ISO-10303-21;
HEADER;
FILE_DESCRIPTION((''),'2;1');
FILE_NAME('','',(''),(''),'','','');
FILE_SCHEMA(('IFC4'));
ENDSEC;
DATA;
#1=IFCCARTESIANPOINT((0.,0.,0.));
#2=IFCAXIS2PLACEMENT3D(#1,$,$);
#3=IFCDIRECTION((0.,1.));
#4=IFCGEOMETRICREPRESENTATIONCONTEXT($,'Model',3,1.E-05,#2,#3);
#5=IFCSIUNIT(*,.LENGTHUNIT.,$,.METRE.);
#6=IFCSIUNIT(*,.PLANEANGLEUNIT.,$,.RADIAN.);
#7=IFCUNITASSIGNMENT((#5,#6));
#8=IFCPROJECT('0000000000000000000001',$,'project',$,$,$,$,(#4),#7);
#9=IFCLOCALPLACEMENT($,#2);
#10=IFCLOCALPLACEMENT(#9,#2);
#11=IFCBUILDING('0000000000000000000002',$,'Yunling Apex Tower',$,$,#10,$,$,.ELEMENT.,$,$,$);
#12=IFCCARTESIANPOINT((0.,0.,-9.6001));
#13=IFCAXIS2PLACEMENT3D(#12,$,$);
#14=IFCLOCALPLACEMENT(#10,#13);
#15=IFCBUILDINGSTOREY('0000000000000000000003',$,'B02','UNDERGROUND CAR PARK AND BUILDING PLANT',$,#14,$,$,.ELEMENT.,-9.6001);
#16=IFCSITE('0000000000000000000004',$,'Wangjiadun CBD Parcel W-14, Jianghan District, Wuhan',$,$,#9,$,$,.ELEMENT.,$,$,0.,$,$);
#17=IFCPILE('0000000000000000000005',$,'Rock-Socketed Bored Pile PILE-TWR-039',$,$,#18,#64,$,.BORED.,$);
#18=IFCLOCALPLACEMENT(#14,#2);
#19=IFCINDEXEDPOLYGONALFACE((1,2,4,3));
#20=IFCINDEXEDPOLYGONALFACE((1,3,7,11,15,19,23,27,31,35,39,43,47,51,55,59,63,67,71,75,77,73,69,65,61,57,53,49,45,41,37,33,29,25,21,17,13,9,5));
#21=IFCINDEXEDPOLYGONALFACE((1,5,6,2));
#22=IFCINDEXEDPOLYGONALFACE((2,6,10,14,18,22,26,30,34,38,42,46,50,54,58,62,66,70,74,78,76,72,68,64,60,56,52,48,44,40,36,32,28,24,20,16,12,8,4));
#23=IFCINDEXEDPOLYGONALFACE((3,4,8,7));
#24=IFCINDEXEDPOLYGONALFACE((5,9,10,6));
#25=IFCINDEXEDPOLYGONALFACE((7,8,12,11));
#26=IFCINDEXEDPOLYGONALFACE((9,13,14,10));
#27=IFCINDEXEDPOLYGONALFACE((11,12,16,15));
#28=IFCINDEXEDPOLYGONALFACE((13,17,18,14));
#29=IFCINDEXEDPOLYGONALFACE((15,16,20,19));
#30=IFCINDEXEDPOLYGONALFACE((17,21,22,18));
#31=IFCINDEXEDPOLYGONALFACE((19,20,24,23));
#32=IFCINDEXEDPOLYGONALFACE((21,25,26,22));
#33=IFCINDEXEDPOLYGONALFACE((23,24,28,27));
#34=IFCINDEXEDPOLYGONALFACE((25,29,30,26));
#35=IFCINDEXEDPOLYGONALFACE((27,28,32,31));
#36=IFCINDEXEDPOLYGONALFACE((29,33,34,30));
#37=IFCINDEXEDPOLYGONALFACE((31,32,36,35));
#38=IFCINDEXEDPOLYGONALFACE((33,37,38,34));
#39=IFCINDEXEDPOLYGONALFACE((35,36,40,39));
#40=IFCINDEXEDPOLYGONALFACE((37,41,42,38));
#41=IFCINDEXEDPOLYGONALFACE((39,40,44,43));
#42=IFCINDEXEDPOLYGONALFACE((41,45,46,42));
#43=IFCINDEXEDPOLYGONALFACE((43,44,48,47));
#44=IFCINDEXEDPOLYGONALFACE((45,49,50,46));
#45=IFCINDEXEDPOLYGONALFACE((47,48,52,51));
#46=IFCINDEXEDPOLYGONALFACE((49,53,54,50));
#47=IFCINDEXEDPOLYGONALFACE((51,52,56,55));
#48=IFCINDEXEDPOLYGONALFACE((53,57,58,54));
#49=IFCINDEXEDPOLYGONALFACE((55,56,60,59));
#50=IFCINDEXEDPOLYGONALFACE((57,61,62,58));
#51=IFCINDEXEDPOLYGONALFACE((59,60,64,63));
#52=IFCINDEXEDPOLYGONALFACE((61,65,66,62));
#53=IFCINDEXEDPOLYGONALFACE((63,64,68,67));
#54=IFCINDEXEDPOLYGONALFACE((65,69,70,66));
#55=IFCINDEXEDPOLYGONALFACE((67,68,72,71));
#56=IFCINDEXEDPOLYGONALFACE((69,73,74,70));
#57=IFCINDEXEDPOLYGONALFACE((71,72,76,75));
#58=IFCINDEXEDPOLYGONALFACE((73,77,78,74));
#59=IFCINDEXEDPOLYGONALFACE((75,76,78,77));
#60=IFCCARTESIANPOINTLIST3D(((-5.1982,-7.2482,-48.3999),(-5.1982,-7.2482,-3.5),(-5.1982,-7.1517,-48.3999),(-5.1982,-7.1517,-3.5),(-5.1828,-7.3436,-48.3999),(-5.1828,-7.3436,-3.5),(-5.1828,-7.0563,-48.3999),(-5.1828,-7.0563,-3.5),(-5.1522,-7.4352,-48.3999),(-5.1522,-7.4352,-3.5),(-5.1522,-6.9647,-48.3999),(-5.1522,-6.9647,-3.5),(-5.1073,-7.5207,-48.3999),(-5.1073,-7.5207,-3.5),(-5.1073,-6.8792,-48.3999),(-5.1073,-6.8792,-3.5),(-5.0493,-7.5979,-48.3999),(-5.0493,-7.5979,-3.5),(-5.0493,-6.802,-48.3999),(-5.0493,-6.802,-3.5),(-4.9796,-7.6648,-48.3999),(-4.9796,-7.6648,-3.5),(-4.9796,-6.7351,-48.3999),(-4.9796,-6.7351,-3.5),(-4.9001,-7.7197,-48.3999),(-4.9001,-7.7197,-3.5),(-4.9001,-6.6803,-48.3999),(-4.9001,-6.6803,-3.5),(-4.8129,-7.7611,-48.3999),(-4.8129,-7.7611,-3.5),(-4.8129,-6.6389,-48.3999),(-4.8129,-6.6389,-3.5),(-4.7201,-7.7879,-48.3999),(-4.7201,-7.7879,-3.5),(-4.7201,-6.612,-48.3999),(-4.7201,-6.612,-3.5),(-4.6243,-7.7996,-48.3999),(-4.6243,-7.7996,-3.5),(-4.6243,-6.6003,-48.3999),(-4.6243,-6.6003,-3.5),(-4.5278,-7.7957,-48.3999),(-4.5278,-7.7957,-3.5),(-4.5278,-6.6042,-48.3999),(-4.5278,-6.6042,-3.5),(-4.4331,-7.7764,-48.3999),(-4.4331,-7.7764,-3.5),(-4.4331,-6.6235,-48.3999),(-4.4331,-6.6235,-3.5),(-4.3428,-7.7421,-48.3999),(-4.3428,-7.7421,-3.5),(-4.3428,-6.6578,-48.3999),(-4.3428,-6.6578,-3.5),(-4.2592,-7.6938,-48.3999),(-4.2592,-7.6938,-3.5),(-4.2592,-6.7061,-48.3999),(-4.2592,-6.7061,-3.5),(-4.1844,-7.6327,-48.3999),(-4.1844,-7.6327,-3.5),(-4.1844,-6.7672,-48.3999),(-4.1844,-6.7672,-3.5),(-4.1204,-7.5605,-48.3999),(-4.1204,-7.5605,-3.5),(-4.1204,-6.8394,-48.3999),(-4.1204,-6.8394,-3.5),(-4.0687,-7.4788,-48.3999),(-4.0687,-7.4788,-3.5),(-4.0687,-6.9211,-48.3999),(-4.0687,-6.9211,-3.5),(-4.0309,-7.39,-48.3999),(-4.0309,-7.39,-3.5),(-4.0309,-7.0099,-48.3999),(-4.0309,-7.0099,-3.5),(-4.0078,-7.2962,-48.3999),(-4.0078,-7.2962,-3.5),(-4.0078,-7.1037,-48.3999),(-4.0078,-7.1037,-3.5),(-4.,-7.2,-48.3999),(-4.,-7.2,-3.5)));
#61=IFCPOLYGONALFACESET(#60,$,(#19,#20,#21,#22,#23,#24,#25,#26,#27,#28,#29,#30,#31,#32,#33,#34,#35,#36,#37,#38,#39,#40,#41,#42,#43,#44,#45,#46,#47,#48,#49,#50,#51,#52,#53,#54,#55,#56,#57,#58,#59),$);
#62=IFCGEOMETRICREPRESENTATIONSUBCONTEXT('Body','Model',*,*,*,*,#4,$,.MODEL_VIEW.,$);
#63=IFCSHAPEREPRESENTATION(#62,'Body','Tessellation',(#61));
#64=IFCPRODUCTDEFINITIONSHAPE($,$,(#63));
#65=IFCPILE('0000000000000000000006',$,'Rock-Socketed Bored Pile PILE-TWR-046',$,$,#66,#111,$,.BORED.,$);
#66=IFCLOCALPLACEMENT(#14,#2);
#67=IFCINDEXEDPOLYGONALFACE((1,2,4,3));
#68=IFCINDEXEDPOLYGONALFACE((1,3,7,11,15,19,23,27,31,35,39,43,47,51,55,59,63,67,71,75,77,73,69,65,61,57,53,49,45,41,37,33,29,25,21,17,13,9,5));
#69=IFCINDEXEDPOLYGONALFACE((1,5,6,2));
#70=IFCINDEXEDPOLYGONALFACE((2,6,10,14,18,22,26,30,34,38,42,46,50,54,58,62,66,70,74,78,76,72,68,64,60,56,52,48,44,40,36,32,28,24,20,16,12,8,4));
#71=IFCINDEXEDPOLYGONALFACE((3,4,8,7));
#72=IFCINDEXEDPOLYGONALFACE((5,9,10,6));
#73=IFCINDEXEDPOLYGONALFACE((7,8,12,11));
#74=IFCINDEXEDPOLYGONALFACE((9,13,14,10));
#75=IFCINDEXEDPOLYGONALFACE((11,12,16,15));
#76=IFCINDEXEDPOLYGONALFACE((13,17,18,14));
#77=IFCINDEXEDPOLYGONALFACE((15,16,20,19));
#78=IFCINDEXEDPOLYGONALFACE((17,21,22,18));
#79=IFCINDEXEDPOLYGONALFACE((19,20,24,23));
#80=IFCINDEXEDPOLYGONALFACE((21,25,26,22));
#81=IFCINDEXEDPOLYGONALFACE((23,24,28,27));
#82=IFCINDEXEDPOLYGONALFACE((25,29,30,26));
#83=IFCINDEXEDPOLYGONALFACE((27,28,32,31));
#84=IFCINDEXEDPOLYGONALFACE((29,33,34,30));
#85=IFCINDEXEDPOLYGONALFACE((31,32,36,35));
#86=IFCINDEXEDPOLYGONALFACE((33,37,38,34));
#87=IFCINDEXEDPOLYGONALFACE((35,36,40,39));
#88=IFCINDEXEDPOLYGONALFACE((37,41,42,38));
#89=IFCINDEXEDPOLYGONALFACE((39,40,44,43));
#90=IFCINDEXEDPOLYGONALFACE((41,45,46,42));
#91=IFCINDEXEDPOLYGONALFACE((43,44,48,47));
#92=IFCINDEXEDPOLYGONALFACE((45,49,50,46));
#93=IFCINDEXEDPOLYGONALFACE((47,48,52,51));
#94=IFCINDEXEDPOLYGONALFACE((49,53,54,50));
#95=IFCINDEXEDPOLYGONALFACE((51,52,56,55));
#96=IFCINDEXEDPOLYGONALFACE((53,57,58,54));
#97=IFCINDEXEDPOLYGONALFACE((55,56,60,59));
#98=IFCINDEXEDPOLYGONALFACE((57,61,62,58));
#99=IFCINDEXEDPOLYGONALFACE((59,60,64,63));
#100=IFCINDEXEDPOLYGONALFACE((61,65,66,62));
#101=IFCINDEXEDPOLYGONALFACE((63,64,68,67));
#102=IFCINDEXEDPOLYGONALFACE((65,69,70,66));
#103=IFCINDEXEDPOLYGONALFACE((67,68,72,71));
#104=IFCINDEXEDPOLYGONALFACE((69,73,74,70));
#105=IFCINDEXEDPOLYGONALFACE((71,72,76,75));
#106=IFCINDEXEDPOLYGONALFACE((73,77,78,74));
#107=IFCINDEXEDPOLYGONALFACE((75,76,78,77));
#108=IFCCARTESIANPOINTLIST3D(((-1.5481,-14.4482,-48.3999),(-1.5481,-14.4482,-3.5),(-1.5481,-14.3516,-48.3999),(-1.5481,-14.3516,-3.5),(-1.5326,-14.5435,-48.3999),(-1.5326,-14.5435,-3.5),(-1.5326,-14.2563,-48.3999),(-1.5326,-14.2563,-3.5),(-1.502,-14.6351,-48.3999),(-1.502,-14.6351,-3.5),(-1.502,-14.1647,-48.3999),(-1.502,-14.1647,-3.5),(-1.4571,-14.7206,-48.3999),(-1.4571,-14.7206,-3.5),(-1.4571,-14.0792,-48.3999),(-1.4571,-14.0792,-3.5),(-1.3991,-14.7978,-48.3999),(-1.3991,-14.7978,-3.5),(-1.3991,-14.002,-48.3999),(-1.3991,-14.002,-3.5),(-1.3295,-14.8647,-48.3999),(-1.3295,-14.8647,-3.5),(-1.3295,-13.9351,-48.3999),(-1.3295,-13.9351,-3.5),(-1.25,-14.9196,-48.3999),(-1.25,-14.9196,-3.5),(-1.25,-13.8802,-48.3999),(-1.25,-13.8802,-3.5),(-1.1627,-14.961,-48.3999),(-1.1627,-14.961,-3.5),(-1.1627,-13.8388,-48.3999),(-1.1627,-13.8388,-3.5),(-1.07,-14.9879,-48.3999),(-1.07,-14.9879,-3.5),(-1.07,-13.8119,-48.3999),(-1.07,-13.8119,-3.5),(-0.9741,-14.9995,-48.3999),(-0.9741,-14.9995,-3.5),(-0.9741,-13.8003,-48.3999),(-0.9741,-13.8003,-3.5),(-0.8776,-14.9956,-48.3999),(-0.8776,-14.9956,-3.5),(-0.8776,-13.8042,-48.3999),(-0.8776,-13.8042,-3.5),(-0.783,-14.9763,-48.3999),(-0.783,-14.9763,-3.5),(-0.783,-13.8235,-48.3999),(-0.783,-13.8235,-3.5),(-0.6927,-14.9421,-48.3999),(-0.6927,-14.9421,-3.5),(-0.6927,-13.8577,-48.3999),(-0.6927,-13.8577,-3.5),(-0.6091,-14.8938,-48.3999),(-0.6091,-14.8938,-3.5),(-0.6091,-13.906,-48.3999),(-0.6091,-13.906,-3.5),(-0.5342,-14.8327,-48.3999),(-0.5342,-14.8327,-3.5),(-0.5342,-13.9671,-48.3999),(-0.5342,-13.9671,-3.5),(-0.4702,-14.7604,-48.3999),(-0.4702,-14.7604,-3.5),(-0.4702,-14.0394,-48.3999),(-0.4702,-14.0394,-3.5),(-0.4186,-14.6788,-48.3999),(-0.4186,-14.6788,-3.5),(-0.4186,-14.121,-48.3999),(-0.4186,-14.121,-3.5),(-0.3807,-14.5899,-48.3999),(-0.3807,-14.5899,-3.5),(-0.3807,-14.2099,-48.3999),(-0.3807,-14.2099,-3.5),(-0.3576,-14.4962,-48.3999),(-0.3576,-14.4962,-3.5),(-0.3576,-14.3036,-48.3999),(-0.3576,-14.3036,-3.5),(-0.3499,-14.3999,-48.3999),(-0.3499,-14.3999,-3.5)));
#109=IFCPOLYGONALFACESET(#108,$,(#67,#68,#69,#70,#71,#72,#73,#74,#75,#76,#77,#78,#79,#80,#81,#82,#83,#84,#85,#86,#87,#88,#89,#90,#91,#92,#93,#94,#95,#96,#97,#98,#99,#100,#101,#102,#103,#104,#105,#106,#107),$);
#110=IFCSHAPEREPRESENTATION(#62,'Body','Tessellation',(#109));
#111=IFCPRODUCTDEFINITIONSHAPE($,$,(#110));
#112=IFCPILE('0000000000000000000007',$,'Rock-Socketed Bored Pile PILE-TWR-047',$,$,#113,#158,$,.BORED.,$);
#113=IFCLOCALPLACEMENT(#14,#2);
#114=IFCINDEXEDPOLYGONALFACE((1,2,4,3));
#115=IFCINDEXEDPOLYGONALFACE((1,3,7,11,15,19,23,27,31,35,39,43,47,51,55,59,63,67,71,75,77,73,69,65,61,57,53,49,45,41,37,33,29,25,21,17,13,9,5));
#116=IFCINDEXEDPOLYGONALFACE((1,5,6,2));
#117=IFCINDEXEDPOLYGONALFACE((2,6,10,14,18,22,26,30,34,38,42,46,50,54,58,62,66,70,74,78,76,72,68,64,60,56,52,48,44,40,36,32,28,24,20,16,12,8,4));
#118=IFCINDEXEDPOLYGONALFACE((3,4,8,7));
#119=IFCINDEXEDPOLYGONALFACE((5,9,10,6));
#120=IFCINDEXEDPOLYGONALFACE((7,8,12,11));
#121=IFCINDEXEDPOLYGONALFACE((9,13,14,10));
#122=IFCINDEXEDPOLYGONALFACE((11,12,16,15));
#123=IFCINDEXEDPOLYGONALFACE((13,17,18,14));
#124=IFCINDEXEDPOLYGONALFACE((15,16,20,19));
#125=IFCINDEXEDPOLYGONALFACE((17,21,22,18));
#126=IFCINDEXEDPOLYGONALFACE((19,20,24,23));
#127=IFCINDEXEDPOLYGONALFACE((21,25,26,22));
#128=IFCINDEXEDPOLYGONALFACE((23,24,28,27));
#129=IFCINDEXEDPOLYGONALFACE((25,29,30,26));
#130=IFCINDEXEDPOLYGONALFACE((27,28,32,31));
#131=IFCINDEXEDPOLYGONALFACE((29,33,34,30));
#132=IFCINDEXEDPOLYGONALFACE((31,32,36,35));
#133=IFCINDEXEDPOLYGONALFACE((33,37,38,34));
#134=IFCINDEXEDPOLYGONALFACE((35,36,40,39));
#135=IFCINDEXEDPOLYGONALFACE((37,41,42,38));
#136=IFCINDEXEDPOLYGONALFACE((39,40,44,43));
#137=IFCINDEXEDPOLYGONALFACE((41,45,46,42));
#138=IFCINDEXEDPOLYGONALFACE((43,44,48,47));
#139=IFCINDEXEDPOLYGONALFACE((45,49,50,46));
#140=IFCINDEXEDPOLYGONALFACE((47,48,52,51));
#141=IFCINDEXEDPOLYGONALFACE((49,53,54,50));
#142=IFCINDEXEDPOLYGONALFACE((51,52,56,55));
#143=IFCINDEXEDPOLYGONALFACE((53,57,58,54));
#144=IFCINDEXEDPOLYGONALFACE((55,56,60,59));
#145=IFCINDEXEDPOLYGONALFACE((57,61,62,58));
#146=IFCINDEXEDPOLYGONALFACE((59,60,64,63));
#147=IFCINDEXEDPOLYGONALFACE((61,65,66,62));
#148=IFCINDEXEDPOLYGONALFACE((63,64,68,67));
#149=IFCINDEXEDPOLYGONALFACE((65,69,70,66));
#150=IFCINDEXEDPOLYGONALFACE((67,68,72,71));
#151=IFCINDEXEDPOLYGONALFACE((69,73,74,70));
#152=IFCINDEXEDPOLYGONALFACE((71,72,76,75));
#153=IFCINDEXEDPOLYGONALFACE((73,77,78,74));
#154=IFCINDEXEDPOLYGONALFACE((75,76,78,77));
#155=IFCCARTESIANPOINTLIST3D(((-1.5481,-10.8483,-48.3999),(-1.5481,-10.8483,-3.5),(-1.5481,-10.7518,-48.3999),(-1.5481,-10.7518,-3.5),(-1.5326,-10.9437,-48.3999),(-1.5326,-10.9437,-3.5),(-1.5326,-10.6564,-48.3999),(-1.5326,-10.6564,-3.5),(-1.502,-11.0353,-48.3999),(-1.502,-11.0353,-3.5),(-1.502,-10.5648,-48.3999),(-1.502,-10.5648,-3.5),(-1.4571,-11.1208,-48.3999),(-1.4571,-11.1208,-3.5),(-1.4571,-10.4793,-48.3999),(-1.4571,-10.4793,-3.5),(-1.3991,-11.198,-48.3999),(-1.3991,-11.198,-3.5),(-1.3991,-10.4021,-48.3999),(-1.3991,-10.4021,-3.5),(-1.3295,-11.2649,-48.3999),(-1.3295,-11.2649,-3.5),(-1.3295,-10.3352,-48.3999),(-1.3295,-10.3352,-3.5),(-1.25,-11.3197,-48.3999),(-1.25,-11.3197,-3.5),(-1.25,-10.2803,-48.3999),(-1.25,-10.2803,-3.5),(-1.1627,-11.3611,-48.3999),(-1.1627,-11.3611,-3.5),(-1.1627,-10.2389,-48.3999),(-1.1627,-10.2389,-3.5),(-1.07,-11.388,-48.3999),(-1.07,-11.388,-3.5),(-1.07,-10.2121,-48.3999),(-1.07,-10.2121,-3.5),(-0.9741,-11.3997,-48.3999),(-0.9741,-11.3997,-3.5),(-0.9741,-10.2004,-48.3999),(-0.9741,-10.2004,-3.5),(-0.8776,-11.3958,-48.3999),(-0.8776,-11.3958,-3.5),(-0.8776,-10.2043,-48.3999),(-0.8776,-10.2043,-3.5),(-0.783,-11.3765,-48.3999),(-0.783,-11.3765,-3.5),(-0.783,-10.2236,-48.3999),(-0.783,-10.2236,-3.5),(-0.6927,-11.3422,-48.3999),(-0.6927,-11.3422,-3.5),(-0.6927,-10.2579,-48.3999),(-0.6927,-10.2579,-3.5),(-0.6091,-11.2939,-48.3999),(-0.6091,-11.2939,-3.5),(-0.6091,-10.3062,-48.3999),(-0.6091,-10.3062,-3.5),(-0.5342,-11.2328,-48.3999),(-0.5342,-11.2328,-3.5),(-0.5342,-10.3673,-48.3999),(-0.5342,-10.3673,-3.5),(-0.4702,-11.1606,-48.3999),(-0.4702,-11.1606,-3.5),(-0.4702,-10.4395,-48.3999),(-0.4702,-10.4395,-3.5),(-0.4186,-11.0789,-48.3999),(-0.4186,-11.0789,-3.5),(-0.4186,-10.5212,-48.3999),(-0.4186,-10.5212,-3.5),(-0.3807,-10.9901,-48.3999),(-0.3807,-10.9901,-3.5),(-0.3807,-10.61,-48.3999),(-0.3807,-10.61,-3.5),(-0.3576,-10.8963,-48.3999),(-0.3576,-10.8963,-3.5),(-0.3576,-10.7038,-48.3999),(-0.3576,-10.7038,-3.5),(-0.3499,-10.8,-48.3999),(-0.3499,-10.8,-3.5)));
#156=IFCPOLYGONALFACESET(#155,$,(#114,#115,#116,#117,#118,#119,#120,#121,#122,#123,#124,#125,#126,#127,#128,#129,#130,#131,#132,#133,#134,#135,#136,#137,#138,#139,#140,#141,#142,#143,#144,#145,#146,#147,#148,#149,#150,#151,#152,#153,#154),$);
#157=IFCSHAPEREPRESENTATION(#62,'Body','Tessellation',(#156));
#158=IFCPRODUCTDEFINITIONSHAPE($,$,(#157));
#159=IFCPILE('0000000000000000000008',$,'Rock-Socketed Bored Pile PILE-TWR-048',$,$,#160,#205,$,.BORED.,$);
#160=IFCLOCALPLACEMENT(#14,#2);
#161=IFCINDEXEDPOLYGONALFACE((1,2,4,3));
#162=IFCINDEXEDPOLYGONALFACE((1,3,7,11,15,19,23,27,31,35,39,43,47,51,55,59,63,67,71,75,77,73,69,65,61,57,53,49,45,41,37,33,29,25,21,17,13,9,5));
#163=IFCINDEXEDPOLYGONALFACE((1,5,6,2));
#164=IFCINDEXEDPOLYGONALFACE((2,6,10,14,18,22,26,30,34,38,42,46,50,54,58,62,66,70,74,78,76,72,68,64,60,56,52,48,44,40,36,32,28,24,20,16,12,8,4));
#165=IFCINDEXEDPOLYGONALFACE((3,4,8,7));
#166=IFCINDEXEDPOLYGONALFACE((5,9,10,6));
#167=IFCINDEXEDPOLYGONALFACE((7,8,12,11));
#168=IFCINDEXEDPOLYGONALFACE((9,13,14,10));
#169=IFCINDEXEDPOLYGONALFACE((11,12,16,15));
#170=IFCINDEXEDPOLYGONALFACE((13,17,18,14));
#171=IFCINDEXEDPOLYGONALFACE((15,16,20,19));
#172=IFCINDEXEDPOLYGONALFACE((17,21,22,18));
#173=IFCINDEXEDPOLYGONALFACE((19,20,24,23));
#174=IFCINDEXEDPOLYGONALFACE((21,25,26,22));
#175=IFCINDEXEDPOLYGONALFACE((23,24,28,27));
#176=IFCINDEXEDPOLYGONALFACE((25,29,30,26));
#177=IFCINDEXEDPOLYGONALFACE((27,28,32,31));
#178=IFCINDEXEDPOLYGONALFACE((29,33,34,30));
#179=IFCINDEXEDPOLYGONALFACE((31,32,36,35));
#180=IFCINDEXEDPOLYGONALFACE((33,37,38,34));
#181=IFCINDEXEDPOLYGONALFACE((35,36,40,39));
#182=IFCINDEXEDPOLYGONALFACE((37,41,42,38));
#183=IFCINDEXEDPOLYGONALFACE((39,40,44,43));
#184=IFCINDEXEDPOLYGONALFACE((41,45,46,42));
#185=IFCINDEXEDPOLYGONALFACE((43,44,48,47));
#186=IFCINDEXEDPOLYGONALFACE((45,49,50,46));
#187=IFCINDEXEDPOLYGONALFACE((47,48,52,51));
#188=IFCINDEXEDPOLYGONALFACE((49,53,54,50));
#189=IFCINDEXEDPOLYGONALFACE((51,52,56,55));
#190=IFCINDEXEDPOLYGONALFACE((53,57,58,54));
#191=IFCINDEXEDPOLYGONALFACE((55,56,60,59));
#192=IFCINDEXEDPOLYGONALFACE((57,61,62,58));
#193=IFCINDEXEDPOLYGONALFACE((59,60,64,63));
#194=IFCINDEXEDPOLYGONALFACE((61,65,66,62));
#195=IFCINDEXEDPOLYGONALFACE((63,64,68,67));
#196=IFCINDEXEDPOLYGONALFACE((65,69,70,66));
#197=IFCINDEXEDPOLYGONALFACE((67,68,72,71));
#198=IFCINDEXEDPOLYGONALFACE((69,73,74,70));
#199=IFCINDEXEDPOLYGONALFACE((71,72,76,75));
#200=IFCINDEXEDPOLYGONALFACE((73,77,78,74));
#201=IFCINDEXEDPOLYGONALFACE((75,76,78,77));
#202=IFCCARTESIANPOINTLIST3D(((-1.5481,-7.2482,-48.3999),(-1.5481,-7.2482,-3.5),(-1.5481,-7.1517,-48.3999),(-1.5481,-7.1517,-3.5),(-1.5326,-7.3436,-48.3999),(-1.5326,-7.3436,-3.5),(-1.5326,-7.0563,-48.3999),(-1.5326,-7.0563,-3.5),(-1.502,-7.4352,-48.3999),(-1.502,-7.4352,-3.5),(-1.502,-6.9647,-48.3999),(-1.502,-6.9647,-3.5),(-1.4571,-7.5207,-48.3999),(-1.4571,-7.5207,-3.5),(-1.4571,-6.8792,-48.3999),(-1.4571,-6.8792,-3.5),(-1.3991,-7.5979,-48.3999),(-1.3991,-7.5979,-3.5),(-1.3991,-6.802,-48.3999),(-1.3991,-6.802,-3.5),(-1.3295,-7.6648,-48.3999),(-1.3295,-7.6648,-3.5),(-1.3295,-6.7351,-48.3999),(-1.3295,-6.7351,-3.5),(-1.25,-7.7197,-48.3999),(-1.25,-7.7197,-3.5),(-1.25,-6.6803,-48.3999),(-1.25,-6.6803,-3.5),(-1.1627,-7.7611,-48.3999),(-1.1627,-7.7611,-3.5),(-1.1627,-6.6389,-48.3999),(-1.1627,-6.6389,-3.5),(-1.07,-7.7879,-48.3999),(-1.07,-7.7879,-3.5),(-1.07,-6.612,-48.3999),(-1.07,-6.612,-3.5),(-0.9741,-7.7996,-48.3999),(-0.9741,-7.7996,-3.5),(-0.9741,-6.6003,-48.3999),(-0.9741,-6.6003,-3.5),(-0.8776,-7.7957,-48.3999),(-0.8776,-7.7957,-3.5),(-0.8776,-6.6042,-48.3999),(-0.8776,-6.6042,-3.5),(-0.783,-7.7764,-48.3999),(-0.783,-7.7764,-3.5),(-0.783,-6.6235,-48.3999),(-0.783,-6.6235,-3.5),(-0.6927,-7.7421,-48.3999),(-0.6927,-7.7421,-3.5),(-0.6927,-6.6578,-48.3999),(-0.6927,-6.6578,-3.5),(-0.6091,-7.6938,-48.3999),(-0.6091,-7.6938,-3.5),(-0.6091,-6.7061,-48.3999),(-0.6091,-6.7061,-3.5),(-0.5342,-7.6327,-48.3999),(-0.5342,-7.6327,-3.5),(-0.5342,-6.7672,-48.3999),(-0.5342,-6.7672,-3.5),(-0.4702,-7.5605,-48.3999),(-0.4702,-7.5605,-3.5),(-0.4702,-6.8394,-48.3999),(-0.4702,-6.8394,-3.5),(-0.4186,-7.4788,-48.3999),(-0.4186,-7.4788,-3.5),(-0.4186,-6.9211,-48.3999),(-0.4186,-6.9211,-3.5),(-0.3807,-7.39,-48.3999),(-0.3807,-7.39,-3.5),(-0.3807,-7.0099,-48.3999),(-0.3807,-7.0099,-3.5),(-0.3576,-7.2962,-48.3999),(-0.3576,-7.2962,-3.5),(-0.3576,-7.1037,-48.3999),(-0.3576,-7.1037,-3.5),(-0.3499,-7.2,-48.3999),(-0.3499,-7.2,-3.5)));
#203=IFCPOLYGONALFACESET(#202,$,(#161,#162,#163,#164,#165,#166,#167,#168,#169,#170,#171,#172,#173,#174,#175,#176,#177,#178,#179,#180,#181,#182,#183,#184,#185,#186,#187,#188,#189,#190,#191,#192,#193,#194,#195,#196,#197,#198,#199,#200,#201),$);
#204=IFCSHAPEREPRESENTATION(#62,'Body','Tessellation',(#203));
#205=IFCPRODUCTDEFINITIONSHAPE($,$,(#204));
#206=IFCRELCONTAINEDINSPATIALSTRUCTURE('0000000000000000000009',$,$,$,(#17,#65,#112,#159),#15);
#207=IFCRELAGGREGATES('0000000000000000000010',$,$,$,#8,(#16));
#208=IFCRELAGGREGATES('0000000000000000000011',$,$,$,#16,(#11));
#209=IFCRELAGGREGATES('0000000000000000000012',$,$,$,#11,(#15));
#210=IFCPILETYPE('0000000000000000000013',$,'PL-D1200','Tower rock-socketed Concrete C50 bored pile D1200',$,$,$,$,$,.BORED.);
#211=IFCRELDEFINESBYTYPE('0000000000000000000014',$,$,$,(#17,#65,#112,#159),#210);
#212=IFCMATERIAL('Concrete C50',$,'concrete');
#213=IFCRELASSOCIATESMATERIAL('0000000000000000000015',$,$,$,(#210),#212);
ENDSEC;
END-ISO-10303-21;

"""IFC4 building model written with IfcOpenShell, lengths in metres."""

from ifc_helpers import new_model, si_unit, direction, frame, origin, origin_2d, place, context, subcontext, project, spatial, circle, extrude, source, transform, mapped, material, material_profile, profile_set, type_object, element, save


model = new_model("IFC4")

# Units and contexts
model_context = context("Model", 3, precision=1e-05, world=origin(), true_north=direction((0.0, 1.0)))
body_context = subcontext(model_context, "Body", "Model", "MODEL_VIEW")
ifc_project = project(units=[si_unit("LENGTHUNIT", "METRE"), si_unit("PLANEANGLEUNIT", "RADIAN")], contexts=[model_context])

# Site, building, storey
site_placement = place(None, origin())
site = spatial("IfcSite", under=ifc_project, at=site_placement, Name="Wangjiadun CBD Parcel W-14, Jianghan District, Wuhan", CompositionType="ELEMENT", RefElevation=0.0)
building_placement = place(site_placement, origin())
building = spatial("IfcBuilding", under=site, at=building_placement, Name="Yunling Apex Tower", CompositionType="ELEMENT")
storey_placement = place(building_placement, frame((0.0, 0.0, -9.6001)))
storey = spatial("IfcBuildingStorey", under=building, at=storey_placement, Name="B02", Description="UNDERGROUND CAR PARK AND BUILDING PLANT", CompositionType="ELEMENT", Elevation=-9.6001)

# Shared definitions
ifc_material_1 = material(Name="Concrete C50", Category="concrete")

# Piles
ifc_material_profile_1 = material_profile(ifc_material_1, circle(Radius=0.6001, at=origin_2d()))
ifc_profile_set_1 = profile_set([ifc_material_profile_1], Name="Concrete C50")
pile_type_1 = type_object("IfcPileType", Name="PL-D1200", Description="Tower rock-socketed Concrete C50 bored pile D1200", PredefinedType="BORED", material=ifc_profile_set_1)
shared_shape_1 = source(origin(), body_context, "Body", "SweptSolid", [
    extrude(circle(Radius=0.6001, at=origin_2d()), origin(), (0.0, 0.0, 1.0), 44.8999),
])
for number, where, z_axis, x_axis, name in (
    (1, (-4.6001, -7.2, -3.5), (0.0, 0.0, -1.0), (1.0, 0.0, 0.0), "Rock-Socketed Bored Pile PILE-TWR-039"),
    (2, (-0.95, -14.3999, -3.5), (0.0, 0.0, -1.0), (1.0, 0.0, 0.0), "Rock-Socketed Bored Pile PILE-TWR-046"),
    (3, (-0.95, -10.8, -3.5), (0.0, 0.0, -1.0), (1.0, 0.0, 0.0), "Rock-Socketed Bored Pile PILE-TWR-047"),
    (4, (-0.95, -7.2, -3.5), (0.0, 0.0, -1.0), (1.0, 0.0, 0.0), "Rock-Socketed Bored Pile PILE-TWR-048"),
):
    element("IfcPile", number, at=place(storey_placement, frame(where, z_axis=z_axis, x_axis=x_axis)), inside=storey, type_object=pile_type_1, Name=name, PredefinedType="BORED", context=body_context, shape_type="MappedRepresentation", body=[
        mapped(shared_shape_1, transform((0.0, 0.0, 0.0), scale=1.0)),
    ])

save(model, "model.ifc")
